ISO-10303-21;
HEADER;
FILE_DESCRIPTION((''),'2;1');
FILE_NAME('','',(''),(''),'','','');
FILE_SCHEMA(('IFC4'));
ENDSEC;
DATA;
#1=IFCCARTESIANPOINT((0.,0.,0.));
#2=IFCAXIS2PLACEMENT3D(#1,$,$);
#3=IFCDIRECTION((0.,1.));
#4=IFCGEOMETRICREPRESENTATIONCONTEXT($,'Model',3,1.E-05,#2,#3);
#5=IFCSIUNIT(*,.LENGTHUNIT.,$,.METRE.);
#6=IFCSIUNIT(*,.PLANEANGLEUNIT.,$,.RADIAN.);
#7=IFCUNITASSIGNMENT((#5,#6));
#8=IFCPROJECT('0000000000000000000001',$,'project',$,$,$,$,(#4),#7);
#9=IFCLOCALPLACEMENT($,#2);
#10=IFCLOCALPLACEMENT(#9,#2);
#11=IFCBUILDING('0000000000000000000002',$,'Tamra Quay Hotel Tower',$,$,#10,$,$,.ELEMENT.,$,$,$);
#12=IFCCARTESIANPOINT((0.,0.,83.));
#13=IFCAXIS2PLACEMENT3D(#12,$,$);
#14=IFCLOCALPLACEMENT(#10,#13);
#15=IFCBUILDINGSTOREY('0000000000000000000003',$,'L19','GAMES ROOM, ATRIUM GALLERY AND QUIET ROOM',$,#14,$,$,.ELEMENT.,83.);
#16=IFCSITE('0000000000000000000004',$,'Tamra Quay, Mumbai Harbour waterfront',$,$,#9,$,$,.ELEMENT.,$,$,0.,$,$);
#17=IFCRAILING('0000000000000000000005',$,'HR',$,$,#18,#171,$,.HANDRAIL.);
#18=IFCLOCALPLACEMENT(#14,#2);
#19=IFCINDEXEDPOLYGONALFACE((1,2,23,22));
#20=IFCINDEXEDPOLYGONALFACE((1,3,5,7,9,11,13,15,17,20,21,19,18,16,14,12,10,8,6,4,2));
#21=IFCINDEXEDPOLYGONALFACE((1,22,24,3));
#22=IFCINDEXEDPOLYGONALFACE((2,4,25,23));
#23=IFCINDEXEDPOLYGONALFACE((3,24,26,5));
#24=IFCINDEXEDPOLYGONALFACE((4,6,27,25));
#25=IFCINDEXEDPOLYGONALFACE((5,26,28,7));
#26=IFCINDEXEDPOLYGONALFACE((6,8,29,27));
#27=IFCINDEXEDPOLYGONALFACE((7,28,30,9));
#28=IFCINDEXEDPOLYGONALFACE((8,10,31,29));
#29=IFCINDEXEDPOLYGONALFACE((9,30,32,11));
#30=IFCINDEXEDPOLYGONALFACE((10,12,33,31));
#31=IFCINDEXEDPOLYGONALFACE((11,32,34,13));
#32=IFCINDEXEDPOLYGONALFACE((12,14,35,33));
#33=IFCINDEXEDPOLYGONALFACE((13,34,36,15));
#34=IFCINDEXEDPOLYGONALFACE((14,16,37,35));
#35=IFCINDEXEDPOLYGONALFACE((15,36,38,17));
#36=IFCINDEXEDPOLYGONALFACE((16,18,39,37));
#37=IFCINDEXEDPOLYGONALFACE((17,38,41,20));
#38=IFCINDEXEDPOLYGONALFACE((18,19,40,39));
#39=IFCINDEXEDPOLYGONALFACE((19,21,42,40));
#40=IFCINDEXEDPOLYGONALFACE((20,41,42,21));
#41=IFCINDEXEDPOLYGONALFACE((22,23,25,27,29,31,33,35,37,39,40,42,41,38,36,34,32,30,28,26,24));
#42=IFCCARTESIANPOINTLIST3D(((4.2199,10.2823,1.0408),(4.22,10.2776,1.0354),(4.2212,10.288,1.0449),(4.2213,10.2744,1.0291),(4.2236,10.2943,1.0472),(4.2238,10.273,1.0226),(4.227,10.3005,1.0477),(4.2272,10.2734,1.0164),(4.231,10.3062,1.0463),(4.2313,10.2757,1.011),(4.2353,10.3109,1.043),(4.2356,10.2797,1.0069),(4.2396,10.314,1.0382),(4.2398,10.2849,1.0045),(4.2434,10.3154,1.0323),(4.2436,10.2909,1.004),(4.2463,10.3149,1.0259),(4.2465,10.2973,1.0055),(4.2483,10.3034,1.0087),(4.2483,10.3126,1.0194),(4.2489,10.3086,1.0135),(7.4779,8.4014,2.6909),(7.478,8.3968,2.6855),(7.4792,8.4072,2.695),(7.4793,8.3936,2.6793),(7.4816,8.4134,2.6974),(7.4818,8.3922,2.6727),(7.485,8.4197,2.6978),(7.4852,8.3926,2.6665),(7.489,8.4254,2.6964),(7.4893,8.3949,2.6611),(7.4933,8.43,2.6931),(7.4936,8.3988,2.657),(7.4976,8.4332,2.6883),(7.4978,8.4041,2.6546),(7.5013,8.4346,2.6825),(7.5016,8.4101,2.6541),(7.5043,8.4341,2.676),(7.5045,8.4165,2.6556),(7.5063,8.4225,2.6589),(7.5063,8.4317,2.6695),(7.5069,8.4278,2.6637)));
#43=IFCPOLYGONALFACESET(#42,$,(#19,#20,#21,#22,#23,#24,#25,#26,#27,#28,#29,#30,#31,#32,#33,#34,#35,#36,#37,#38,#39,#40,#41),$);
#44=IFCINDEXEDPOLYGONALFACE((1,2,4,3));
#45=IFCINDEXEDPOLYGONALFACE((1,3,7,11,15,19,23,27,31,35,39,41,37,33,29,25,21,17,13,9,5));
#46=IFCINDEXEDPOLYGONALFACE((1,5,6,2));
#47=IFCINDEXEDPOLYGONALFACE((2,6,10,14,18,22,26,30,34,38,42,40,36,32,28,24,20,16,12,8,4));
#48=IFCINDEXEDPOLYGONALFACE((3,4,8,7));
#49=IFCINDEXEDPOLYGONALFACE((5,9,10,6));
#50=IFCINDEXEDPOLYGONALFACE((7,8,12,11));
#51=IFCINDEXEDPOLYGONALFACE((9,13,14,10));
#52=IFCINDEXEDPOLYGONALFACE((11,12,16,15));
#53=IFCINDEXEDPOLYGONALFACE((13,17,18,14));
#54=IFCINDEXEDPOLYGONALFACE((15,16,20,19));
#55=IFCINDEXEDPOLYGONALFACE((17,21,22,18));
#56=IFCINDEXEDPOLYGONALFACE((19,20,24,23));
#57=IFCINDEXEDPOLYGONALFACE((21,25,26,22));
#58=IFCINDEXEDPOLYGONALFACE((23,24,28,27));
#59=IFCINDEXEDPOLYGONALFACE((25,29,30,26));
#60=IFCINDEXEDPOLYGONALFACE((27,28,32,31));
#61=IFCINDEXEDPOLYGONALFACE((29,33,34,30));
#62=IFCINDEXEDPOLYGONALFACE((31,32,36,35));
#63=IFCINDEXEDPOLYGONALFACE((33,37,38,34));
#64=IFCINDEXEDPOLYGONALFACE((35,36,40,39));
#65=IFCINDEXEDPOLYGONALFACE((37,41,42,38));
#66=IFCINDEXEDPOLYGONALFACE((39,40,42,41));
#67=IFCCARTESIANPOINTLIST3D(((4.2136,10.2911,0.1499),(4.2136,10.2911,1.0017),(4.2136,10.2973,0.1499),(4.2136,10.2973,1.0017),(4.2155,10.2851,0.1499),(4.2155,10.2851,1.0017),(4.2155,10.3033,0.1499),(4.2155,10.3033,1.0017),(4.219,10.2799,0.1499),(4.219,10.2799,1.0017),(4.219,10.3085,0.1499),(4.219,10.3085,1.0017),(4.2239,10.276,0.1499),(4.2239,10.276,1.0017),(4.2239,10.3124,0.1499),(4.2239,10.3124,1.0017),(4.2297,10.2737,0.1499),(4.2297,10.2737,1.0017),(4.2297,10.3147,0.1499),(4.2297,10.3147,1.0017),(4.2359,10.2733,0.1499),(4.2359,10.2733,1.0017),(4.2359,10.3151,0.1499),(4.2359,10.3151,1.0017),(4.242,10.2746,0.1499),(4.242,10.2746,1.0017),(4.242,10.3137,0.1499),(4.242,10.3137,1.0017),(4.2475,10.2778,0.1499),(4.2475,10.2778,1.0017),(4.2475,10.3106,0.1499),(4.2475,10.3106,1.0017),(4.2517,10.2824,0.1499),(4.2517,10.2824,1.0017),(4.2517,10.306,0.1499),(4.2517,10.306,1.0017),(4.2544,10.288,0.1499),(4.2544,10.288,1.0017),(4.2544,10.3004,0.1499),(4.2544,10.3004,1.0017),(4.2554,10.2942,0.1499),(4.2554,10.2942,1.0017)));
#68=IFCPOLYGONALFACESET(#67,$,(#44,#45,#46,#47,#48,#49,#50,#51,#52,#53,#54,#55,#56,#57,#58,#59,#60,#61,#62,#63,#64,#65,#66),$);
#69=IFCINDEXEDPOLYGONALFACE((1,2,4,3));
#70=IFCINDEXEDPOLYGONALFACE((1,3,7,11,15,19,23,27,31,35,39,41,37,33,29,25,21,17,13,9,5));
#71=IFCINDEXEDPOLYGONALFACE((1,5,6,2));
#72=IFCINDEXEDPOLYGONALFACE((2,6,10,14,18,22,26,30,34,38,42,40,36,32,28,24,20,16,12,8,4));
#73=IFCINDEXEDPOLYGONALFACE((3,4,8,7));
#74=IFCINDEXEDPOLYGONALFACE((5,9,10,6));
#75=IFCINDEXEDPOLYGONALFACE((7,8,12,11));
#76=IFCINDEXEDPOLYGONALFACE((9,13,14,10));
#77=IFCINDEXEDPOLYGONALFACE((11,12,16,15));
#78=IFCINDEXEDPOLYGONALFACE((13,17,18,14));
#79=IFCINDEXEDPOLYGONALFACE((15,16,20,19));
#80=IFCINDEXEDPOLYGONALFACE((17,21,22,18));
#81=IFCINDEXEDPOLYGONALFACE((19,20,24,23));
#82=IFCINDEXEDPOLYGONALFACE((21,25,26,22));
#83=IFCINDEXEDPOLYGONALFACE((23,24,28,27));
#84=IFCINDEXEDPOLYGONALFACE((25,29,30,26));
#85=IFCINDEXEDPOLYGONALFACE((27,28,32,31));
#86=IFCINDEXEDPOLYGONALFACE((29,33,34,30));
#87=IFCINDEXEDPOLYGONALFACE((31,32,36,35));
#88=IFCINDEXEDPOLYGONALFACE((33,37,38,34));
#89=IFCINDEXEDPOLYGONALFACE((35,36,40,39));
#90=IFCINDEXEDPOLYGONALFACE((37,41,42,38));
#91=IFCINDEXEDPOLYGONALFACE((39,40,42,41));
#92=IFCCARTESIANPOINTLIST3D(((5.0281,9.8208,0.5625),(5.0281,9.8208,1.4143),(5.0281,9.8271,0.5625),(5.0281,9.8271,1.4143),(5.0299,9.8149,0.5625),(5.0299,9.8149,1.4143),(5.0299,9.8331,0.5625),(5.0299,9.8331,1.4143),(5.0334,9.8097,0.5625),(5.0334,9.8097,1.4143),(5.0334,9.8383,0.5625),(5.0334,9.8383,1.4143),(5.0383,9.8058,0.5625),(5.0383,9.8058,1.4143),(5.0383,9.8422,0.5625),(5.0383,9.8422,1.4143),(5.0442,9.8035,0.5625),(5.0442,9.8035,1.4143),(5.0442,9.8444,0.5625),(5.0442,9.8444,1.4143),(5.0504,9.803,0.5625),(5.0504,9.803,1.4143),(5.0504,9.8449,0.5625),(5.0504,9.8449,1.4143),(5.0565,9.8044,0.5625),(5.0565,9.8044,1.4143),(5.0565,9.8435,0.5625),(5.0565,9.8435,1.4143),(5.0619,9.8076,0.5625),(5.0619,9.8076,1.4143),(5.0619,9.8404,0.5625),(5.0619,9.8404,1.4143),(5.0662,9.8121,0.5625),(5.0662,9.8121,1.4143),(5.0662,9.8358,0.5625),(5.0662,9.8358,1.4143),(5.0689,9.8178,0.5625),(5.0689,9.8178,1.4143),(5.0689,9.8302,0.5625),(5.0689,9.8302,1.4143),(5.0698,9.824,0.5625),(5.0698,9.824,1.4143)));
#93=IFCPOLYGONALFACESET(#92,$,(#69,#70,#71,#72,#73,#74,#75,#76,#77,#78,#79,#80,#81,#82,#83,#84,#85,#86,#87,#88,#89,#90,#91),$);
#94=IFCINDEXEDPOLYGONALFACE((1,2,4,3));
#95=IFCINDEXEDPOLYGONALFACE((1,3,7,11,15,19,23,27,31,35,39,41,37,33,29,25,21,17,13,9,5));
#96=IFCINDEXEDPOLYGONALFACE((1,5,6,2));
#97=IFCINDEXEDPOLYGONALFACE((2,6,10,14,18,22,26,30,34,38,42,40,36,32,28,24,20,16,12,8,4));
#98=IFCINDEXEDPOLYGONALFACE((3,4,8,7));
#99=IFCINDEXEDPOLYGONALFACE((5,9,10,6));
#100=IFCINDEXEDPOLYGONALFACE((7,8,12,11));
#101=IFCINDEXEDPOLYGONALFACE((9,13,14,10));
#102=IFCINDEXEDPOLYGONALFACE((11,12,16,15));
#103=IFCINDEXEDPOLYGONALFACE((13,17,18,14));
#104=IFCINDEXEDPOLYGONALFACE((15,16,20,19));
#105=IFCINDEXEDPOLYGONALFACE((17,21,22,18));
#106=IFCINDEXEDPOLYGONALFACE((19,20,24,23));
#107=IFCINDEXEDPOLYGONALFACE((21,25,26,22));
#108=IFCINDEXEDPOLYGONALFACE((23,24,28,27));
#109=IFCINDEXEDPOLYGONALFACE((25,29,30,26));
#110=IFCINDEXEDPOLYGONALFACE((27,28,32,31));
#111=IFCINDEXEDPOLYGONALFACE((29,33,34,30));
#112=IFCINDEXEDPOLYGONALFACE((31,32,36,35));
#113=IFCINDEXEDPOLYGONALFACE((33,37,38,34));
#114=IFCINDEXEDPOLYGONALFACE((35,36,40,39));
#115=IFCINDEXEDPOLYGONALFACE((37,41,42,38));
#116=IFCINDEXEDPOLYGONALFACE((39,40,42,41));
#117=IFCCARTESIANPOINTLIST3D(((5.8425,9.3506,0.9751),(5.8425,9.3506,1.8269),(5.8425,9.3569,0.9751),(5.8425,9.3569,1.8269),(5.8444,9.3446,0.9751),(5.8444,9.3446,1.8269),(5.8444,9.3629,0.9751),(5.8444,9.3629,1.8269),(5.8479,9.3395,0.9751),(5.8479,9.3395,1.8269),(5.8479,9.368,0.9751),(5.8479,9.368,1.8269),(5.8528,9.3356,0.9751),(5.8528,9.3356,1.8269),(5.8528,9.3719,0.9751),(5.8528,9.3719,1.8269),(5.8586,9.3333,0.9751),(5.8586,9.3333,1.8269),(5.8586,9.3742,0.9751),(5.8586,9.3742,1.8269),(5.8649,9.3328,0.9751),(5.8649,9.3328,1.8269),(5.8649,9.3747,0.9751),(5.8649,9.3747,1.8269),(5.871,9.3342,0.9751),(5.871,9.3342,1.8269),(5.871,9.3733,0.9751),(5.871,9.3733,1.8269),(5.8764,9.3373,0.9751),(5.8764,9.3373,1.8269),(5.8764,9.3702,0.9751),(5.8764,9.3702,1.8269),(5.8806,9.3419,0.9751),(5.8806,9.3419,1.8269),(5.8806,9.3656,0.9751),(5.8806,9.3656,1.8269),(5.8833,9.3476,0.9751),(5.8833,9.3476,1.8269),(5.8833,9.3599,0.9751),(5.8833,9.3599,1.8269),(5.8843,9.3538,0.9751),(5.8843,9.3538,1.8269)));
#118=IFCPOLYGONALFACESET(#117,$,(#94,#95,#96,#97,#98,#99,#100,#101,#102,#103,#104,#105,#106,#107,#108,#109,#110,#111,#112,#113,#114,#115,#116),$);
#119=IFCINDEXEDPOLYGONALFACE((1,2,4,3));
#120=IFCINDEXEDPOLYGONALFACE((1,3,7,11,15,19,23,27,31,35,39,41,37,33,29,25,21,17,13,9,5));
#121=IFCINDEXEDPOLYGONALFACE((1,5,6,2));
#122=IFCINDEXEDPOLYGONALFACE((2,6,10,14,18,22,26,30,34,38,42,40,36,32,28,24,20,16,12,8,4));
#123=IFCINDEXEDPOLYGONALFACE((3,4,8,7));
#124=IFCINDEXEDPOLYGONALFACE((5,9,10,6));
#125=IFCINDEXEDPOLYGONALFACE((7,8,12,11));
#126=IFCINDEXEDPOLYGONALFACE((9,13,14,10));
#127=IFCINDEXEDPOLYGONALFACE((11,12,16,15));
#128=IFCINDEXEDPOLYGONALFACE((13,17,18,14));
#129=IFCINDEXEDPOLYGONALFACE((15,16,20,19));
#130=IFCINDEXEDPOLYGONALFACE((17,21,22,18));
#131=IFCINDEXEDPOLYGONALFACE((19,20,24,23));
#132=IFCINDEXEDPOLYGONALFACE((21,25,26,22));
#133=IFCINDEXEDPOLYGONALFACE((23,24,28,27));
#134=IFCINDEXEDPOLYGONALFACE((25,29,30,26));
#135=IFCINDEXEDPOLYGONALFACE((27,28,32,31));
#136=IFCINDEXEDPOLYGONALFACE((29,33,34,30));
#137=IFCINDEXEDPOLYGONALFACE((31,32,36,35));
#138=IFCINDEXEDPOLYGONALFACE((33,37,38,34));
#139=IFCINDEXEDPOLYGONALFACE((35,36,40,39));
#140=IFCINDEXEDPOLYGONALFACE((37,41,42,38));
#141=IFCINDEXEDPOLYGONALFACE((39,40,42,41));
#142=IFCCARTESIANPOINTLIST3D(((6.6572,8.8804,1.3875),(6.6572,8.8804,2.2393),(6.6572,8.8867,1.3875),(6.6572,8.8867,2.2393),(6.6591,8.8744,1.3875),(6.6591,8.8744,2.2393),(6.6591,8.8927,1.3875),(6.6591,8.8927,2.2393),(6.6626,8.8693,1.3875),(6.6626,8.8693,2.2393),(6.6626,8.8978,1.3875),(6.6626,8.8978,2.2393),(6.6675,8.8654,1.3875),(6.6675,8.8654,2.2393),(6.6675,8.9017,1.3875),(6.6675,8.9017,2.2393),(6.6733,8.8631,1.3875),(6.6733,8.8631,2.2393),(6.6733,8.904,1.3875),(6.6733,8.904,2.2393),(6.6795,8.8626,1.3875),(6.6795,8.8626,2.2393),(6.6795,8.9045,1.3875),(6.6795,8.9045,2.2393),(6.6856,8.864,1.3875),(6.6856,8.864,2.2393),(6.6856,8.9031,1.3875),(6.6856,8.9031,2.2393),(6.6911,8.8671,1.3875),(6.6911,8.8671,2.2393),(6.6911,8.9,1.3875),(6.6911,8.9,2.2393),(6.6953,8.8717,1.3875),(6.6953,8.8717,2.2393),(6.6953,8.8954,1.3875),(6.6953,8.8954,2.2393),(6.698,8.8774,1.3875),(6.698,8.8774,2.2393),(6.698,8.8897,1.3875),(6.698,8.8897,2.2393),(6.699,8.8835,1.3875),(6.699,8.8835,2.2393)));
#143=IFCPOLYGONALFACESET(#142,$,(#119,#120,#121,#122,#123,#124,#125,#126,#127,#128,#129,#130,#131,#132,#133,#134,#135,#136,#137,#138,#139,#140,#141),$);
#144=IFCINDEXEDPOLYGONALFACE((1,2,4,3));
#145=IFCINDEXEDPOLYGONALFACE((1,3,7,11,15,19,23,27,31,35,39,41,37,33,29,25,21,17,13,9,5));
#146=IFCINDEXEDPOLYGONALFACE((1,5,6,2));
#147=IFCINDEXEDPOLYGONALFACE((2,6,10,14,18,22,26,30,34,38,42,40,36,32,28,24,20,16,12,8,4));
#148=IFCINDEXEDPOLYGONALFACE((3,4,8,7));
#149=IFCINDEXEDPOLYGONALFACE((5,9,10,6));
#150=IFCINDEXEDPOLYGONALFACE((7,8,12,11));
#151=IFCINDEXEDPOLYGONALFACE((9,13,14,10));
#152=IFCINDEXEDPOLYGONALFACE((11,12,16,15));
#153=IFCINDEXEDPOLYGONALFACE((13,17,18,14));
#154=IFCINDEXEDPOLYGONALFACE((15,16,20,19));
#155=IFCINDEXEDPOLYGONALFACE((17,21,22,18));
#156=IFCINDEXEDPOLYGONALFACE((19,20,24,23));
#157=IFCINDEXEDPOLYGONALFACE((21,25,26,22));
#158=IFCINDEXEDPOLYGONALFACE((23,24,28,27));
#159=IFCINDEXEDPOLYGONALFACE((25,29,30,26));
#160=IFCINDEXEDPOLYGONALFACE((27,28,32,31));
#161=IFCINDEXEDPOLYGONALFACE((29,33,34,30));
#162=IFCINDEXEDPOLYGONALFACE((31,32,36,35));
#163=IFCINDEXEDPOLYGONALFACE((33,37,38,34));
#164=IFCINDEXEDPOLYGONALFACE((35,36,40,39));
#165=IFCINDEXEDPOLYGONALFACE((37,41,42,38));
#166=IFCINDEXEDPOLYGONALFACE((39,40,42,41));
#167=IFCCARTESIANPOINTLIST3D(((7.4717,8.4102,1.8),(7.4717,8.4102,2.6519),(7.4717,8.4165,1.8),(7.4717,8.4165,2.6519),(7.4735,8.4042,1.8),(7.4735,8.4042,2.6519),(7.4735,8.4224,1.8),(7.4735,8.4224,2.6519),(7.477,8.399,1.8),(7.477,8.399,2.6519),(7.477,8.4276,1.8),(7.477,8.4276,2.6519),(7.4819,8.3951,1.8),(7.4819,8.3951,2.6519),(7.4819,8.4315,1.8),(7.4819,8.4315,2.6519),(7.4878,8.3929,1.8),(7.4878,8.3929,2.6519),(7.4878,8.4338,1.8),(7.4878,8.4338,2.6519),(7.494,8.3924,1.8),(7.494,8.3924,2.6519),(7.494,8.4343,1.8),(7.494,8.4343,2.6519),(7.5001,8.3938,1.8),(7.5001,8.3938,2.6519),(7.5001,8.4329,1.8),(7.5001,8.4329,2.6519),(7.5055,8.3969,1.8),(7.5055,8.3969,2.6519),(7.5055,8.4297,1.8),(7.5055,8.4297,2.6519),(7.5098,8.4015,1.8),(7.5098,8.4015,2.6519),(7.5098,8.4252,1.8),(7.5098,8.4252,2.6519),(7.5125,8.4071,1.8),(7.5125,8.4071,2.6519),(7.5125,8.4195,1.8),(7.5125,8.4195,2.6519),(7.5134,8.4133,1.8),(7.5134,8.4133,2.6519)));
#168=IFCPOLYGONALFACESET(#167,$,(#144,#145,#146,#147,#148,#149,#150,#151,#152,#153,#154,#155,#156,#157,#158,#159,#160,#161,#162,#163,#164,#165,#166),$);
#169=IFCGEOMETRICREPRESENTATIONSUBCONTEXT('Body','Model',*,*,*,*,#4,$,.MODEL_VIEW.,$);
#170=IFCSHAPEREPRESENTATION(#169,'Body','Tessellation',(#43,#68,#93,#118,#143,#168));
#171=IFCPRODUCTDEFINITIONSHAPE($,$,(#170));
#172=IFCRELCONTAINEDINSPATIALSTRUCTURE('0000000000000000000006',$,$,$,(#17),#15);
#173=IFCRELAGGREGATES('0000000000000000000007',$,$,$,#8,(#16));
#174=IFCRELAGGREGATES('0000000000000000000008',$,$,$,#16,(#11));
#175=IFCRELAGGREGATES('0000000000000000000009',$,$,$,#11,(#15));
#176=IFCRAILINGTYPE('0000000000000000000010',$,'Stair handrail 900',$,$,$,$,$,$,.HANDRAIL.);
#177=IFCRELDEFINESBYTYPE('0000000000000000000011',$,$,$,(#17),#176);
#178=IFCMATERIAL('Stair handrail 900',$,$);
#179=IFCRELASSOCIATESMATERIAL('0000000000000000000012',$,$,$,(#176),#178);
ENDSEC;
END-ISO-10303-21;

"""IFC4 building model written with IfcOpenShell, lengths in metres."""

from ifc_helpers import new_model, si_unit, direction, frame, origin, origin_2d, place, context, subcontext, project, spatial, circle, extrude, material, type_object, element, save


model = new_model("IFC4")

# Units and contexts
model_context = context("Model", 3, precision=1e-05, world=origin(), true_north=direction((0.0, 1.0)))
body_context = subcontext(model_context, "Body", "Model", "MODEL_VIEW")
ifc_project = project(units=[si_unit("LENGTHUNIT", "METRE"), si_unit("PLANEANGLEUNIT", "RADIAN")], contexts=[model_context])

# Site, building, storey
site_placement = place(None, origin())
site = spatial("IfcSite", under=ifc_project, at=site_placement, Name="Tamra Quay, Mumbai Harbour waterfront", CompositionType="ELEMENT", RefElevation=0.0)
building_placement = place(site_placement, origin())
building = spatial("IfcBuilding", under=site, at=building_placement, Name="Tamra Quay Hotel Tower", CompositionType="ELEMENT")
storey_placement = place(building_placement, frame((0.0, 0.0, 83.0)))
storey = spatial("IfcBuildingStorey", under=building, at=storey_placement, Name="L19", Description="GAMES ROOM, ATRIUM GALLERY AND QUIET ROOM", CompositionType="ELEMENT", Elevation=83.0)

# Railing
ifc_material_1 = material(Name="Stair handrail 900")
railing_type = type_object("IfcRailingType", Name="Stair handrail 900", PredefinedType="HANDRAIL", material=ifc_material_1)
railing_1_placement = place(storey_placement, frame((4.2344, 10.2942, 0.1499)))
element("IfcRailing", 1, at=railing_1_placement, inside=storey, type_object=railing_type, Name="HR", PredefinedType="HANDRAIL", context=body_context, shape_type="SweptSolid", body=[
    extrude(circle(Radius=0.0239, at=origin_2d()), frame((0.0, 0.0, 0.876), z_axis=(0.793103, -0.457854, 0.401692), x_axis=(0.499964, 0.866046, 0.0)), (0.0, 0.0, 1.0), 4.1079),
    extrude(circle(Radius=0.021, at=origin_2d()), origin(), (0.0, 0.0, 1.0), 0.8518),
    extrude(circle(Radius=0.021, at=origin_2d()), frame((0.8145, -0.4702, 0.4126)), (0.0, 0.0, 1.0), 0.8518),
    extrude(circle(Radius=0.021, at=origin_2d()), frame((1.6289, -0.9404, 0.8252)), (0.0, 0.0, 1.0), 0.8518),
    extrude(circle(Radius=0.021, at=origin_2d()), frame((2.4436, -1.4106, 1.2375)), (0.0, 0.0, 1.0), 0.8518),
    extrude(circle(Radius=0.021, at=origin_2d()), frame((3.2581, -1.8809, 1.6501)), (0.0, 0.0, 1.0), 0.8518),
])

save(model, "model.ifc")
